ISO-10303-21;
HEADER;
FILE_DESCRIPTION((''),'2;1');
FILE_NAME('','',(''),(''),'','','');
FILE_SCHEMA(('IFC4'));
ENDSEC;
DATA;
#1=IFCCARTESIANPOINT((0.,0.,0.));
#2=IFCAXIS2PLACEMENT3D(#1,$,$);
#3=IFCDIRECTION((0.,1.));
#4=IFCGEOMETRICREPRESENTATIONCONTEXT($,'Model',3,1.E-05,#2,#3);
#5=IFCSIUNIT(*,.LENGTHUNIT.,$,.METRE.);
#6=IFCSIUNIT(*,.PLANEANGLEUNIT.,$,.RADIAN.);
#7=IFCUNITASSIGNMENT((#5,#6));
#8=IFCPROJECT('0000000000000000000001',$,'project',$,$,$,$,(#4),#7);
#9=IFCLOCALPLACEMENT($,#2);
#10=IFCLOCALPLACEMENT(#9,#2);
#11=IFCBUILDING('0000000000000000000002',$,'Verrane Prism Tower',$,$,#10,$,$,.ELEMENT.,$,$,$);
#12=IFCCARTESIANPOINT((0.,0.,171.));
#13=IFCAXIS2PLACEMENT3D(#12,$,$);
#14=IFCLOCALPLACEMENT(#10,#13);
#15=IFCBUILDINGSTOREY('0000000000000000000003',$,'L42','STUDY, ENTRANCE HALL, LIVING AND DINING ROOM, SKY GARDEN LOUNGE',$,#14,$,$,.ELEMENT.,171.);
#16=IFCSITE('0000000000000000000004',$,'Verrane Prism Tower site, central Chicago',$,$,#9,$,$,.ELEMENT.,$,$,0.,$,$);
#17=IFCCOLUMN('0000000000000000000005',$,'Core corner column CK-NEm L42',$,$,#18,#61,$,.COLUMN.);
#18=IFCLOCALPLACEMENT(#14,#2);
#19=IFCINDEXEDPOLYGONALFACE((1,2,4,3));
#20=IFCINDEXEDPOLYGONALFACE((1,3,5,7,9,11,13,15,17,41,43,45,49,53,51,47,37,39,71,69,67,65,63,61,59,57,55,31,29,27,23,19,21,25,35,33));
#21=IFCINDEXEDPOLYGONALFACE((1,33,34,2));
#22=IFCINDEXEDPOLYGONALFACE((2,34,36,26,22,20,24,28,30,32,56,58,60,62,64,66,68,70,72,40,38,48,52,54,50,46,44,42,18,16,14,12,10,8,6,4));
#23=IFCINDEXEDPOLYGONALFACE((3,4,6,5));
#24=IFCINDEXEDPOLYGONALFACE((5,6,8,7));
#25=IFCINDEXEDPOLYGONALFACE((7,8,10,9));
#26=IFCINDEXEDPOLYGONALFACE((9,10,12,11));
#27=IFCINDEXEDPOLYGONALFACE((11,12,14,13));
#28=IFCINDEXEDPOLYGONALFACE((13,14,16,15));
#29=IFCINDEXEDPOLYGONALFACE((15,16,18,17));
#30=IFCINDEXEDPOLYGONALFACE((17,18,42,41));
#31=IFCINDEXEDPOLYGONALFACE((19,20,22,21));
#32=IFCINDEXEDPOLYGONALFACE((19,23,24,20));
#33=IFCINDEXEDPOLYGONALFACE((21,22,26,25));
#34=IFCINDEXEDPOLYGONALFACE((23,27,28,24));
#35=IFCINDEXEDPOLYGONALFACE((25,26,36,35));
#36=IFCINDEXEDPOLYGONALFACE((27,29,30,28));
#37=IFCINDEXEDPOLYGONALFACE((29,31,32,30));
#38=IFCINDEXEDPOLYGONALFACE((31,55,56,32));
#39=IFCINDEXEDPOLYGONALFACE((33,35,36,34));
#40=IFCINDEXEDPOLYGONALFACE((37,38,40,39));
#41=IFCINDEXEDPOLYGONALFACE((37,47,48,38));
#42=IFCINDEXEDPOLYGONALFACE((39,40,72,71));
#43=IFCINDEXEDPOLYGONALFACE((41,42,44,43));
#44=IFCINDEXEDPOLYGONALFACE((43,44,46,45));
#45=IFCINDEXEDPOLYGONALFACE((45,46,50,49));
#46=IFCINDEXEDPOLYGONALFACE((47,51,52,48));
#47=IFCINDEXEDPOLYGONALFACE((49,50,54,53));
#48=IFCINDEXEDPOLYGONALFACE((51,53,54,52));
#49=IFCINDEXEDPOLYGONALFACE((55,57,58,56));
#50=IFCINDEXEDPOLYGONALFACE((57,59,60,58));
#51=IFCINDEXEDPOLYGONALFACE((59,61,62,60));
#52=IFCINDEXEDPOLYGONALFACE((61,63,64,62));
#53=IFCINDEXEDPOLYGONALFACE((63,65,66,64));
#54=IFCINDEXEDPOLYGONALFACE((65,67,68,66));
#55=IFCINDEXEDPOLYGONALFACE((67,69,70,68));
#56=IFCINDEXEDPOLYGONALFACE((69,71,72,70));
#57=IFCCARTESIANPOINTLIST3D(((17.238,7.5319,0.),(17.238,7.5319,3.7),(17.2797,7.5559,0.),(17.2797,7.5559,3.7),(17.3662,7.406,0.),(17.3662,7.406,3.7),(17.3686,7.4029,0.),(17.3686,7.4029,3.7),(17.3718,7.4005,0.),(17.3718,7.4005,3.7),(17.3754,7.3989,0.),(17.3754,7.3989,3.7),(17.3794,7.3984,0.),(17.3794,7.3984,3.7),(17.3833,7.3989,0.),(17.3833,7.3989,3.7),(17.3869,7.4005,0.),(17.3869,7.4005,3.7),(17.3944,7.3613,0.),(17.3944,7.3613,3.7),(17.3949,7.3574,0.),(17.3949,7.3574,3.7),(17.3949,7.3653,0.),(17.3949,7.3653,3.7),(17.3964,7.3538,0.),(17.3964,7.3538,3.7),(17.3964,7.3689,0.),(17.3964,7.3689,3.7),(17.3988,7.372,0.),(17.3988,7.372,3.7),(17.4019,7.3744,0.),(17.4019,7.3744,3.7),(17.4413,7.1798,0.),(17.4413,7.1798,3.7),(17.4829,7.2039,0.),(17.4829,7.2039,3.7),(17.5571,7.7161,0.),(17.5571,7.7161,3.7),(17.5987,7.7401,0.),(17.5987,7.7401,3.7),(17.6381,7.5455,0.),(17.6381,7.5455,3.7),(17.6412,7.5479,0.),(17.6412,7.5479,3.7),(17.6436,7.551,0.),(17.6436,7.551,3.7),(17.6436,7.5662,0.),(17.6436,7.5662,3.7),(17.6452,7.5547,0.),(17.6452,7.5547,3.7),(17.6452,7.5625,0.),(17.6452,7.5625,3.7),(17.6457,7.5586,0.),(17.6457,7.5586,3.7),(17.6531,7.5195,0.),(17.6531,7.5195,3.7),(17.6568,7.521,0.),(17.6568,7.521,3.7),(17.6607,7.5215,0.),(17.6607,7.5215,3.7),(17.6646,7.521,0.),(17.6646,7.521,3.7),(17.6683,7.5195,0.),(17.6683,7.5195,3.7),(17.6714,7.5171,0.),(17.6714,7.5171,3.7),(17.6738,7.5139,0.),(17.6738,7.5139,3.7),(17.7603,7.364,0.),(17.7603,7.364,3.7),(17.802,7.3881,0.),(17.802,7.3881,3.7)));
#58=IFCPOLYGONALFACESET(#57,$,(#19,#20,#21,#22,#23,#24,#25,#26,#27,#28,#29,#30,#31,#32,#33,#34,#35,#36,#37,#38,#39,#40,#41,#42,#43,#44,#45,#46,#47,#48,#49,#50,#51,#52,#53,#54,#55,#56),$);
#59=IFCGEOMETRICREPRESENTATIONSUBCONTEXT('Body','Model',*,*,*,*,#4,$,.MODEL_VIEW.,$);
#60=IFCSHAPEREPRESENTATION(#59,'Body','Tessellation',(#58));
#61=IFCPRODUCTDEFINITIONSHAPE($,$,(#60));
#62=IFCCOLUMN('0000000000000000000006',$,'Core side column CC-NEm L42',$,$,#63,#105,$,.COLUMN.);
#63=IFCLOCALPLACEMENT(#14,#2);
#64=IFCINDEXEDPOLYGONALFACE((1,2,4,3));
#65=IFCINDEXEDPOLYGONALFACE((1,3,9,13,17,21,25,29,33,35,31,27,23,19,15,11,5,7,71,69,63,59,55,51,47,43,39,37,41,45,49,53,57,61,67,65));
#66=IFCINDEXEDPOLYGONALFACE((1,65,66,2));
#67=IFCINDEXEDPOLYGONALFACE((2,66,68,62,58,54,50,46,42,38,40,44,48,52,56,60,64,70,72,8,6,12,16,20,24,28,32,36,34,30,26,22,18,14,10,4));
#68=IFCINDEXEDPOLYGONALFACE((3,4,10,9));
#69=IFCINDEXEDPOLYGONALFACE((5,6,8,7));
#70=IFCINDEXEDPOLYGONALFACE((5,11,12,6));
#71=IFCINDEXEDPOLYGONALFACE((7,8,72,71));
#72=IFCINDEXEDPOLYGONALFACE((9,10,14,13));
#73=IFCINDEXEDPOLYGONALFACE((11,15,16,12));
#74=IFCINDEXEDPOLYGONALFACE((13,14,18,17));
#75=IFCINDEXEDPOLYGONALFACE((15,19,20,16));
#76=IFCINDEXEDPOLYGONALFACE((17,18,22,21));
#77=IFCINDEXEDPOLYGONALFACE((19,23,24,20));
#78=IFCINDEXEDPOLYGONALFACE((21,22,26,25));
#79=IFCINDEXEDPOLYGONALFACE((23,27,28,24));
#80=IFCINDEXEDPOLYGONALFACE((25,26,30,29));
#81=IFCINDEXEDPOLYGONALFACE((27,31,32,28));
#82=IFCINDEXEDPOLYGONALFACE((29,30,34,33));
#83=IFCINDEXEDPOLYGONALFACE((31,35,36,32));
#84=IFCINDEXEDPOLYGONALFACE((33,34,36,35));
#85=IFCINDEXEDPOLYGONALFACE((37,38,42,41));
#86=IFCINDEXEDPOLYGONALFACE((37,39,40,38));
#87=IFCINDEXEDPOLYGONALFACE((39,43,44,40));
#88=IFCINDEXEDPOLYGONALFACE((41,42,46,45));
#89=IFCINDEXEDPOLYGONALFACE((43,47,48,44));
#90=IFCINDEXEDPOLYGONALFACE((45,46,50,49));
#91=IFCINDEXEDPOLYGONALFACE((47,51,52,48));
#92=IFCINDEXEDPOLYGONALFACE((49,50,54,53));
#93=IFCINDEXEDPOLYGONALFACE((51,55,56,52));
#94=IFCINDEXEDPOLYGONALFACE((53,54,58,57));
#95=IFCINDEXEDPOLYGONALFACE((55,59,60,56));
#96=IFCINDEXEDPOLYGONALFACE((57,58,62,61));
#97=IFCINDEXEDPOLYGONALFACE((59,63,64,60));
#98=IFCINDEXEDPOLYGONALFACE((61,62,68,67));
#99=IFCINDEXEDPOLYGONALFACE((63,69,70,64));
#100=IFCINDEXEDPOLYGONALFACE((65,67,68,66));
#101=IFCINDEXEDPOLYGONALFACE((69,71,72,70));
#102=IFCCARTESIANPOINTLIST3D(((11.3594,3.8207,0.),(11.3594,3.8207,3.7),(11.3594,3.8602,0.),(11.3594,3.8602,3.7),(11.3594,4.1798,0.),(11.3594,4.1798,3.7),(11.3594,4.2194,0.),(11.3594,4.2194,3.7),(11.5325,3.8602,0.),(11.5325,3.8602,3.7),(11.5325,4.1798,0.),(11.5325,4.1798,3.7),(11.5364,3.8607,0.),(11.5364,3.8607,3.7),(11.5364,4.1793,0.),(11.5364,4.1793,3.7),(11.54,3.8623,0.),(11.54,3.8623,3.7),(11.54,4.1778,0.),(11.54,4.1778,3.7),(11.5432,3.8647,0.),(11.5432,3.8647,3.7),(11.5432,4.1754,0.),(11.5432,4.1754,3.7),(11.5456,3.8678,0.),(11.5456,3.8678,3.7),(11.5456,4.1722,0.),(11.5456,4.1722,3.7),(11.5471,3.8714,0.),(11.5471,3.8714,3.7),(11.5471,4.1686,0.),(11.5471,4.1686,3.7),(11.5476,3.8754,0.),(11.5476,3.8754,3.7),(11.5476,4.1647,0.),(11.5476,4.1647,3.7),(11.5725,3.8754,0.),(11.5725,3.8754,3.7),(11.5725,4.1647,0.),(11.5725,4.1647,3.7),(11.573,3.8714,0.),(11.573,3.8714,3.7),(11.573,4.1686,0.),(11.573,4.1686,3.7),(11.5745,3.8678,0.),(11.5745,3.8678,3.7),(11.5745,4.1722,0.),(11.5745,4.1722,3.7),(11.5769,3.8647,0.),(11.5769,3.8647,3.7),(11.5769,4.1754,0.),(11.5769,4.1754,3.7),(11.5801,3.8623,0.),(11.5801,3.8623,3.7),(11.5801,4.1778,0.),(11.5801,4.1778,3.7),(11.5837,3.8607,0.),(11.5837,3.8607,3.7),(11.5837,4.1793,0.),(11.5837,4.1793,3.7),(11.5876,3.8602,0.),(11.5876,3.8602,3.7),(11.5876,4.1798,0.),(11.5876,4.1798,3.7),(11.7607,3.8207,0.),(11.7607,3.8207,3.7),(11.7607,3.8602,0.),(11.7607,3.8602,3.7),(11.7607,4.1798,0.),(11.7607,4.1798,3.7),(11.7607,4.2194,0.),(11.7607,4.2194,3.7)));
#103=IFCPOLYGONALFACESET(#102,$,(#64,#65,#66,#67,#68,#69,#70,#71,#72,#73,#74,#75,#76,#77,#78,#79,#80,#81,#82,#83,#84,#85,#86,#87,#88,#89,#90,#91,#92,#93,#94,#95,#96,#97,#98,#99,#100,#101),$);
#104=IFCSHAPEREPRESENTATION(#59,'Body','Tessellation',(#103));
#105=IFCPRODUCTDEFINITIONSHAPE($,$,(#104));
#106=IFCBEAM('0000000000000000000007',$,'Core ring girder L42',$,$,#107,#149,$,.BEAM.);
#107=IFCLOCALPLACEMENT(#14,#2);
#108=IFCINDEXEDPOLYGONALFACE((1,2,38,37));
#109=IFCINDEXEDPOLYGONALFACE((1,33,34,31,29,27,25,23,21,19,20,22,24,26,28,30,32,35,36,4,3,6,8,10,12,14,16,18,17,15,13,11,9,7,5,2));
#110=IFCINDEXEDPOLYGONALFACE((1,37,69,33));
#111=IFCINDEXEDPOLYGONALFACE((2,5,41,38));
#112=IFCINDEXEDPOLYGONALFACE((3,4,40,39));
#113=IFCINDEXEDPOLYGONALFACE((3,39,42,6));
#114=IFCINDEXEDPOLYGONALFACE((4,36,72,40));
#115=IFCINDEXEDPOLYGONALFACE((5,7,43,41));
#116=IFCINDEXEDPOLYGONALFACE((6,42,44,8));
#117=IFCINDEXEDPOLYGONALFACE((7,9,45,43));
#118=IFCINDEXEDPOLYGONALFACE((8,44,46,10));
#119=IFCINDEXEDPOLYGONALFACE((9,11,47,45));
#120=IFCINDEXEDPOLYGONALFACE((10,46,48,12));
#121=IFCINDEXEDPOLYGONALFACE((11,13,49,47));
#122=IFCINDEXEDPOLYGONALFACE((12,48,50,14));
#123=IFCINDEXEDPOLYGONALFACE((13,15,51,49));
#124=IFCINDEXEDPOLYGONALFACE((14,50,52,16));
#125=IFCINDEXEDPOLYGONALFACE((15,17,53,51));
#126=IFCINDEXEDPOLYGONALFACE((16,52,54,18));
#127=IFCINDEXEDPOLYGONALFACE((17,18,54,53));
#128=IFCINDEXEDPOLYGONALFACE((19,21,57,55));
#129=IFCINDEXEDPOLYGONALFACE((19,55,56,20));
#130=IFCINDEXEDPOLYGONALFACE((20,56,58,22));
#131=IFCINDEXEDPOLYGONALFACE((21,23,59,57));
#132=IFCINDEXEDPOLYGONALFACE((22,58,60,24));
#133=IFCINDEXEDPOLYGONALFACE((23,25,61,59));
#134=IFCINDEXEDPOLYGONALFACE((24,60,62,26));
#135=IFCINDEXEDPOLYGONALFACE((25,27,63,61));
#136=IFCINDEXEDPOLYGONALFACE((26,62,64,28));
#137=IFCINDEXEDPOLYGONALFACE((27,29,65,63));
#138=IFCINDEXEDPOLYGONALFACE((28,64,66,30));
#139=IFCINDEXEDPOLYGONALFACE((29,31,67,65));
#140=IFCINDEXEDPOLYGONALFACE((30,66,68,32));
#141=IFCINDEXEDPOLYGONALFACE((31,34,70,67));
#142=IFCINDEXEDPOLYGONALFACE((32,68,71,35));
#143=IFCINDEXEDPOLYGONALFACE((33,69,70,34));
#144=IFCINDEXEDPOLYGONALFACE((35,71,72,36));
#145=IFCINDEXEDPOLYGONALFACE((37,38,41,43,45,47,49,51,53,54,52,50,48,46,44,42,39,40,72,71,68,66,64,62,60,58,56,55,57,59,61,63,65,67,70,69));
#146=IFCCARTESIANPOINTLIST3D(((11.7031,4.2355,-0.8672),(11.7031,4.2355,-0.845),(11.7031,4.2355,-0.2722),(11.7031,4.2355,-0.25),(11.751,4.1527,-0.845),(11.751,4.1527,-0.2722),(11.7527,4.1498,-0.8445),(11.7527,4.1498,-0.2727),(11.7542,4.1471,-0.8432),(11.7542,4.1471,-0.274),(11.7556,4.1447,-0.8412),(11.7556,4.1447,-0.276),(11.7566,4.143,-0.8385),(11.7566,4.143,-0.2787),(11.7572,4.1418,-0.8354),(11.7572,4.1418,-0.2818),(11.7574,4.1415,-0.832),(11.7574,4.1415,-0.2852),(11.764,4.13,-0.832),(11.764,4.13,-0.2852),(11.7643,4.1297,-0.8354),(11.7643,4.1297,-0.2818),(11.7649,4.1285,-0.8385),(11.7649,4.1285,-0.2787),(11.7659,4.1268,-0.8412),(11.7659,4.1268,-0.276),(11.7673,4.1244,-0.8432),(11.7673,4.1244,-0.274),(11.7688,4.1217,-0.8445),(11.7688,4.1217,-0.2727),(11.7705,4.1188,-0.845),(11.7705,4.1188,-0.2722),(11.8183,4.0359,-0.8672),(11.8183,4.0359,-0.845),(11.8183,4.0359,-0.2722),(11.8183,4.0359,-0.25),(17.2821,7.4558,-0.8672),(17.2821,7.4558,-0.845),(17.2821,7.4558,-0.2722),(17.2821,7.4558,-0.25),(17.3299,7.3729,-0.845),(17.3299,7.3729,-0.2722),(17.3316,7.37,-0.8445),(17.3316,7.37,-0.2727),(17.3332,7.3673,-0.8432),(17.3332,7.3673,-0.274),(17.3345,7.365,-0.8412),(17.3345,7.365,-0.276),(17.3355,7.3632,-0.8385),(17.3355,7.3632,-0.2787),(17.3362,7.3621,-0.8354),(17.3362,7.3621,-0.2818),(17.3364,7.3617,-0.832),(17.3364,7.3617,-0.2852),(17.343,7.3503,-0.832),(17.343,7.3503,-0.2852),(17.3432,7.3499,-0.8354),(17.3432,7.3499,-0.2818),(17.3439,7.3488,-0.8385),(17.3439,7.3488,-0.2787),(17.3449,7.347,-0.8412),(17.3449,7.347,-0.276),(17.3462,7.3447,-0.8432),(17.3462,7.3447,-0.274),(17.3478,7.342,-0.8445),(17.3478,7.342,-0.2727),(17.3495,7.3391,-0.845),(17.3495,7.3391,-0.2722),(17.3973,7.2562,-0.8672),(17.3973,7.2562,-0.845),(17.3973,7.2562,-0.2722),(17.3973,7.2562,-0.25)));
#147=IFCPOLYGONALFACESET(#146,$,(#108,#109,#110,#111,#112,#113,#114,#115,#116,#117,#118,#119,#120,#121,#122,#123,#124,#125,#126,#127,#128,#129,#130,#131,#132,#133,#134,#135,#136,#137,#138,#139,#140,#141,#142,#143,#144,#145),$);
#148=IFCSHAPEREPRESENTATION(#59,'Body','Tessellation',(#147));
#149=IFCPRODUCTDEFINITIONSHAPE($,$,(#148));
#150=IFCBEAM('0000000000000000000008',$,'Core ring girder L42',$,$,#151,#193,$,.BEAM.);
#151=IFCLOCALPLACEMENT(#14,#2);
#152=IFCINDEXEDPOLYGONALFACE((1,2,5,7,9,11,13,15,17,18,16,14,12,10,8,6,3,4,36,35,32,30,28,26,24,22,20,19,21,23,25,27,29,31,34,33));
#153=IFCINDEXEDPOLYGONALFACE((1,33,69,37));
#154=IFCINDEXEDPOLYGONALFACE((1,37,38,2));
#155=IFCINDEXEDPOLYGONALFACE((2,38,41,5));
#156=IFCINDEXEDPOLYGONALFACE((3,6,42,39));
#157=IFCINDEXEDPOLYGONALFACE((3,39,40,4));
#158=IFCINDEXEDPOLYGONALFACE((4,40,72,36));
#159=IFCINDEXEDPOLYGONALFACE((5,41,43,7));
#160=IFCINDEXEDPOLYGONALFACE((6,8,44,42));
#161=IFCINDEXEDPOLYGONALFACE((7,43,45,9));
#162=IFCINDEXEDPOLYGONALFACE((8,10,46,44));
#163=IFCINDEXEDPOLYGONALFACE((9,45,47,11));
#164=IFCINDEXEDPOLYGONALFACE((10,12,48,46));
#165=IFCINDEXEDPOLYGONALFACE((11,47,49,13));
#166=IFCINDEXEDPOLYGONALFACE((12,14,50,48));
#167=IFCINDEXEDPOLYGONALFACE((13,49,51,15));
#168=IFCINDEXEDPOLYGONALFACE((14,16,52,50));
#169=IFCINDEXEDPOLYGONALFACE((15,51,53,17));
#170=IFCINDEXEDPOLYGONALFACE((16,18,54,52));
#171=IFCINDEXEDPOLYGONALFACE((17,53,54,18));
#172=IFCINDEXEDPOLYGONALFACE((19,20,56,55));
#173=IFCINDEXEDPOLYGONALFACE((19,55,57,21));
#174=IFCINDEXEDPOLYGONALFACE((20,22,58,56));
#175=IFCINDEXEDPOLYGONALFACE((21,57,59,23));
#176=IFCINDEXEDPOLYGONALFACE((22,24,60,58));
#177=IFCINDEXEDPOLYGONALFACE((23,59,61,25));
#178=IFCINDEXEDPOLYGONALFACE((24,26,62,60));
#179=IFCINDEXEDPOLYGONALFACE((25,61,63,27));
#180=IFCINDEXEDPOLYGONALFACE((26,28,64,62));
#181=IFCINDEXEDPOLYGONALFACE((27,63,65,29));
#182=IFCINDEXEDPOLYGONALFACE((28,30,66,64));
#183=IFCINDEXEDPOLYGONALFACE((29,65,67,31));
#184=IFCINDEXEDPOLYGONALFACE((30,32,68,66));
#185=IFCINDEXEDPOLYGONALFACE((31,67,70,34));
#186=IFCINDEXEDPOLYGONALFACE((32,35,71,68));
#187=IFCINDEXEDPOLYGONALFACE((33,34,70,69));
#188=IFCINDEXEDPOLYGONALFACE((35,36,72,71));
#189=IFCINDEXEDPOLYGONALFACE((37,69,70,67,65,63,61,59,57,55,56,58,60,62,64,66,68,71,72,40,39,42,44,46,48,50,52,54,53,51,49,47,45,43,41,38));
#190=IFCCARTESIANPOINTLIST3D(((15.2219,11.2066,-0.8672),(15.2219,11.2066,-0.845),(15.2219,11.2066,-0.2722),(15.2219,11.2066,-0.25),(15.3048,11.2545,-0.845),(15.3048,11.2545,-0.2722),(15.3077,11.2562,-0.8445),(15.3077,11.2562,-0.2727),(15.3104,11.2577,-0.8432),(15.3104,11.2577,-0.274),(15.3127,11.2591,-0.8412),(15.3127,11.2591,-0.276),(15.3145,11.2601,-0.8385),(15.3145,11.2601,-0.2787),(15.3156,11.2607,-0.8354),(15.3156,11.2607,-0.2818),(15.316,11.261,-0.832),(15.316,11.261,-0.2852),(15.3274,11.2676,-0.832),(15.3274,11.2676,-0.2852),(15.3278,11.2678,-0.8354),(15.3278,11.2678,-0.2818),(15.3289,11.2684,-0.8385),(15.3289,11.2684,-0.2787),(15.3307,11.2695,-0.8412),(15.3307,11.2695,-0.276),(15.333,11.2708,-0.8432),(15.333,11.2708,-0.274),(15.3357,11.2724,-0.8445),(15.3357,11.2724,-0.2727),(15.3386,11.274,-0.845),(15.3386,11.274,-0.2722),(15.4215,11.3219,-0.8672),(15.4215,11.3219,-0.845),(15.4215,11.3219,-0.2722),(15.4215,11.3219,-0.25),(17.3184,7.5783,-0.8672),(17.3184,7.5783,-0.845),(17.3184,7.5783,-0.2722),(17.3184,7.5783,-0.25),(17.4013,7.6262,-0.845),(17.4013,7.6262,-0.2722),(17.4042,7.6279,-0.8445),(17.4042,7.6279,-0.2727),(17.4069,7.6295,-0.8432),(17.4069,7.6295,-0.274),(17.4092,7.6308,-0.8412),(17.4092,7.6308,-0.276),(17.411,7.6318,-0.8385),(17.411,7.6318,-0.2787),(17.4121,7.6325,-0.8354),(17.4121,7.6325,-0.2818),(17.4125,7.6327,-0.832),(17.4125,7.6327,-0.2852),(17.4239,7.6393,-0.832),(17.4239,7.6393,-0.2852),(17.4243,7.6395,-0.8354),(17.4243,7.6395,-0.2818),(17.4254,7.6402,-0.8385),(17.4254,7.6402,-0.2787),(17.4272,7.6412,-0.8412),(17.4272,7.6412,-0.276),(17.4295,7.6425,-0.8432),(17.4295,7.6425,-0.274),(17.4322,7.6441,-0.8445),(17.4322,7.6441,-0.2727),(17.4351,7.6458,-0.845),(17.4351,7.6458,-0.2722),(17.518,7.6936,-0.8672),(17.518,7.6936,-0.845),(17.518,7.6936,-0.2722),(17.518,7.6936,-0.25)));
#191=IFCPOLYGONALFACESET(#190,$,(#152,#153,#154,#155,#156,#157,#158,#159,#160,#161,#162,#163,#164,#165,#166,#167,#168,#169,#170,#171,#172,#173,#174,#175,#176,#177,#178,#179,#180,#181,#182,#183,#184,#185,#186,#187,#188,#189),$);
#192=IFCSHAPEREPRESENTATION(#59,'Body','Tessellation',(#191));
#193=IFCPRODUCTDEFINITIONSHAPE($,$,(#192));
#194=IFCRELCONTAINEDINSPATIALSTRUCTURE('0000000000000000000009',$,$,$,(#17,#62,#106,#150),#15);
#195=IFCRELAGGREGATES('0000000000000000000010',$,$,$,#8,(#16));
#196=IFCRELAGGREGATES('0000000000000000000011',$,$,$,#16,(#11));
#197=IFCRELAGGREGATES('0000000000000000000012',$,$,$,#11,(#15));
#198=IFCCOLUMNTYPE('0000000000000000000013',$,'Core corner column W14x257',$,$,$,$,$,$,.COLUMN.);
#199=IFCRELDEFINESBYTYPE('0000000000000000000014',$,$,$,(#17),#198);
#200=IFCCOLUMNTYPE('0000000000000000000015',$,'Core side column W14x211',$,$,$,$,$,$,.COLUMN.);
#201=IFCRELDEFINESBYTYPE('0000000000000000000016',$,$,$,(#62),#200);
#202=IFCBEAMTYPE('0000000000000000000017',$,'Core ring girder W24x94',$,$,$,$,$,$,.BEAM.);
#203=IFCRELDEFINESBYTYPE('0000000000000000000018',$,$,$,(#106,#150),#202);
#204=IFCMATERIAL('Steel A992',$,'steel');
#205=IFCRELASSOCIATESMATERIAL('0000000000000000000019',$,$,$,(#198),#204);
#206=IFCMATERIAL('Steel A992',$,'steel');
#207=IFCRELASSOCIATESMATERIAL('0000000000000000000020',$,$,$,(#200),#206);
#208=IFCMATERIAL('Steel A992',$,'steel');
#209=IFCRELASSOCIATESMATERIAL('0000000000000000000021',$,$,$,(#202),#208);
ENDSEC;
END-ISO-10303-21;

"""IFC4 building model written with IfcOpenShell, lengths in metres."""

from ifc_helpers import new_model, si_unit, direction, frame, origin, origin_2d, place, context, subcontext, project, spatial, i_section, extrude, material, material_profile, profile_set, type_object, element, save


model = new_model("IFC4")

# Units and contexts
model_context = context("Model", 3, precision=1e-05, world=origin(), true_north=direction((0.0, 1.0)))
body_context = subcontext(model_context, "Body", "Model", "MODEL_VIEW")
ifc_project = project(units=[si_unit("LENGTHUNIT", "METRE"), si_unit("PLANEANGLEUNIT", "RADIAN")], contexts=[model_context])

# Site, building, storey
site_placement = place(None, origin())
site = spatial("IfcSite", under=ifc_project, at=site_placement, Name="Verrane Prism Tower site, central Chicago", CompositionType="ELEMENT", RefElevation=0.0)
building_placement = place(site_placement, origin())
building = spatial("IfcBuilding", under=site, at=building_placement, Name="Verrane Prism Tower", CompositionType="ELEMENT")
storey_placement = place(building_placement, frame((0.0, 0.0, 171.0)))
storey = spatial("IfcBuildingStorey", under=building, at=storey_placement, Name="L42", Description="STUDY, ENTRANCE HALL, LIVING AND DINING ROOM, SKY GARDEN LOUNGE", CompositionType="ELEMENT", Elevation=171.0)

# Columns
ifc_material_1 = material(Name="Steel A992", Category="steel")
ifc_material_profile_1 = material_profile(ifc_material_1, i_section(OverallWidth=0.4065, OverallDepth=0.4165, WebThickness=0.03, FlangeThickness=0.0481, FilletRadius=0.0151, at=origin_2d()), Name="W14x257")
ifc_profile_set_1 = profile_set([ifc_material_profile_1], Name="Steel A992")
column_type_1 = type_object("IfcColumnType", Name="Core corner column W14x257", PredefinedType="COLUMN", material=ifc_profile_set_1)
column_1_placement = place(storey_placement, frame((17.52, 7.46, 0.0), z_axis=(0.0, 0.0, 1.0), x_axis=(0.5, -0.866025, 0.0)))
element("IfcColumn", 1, at=column_1_placement, inside=storey, type_object=column_type_1, Name="Core corner column CK-NEm L42", PredefinedType="COLUMN", context=body_context, shape_type="SweptSolid", body=[
    extrude(i_section(OverallWidth=0.4065, OverallDepth=0.4165, WebThickness=0.03, FlangeThickness=0.0481, FilletRadius=0.0151, at=origin_2d()), origin(), (0.0, 0.0, 1.0), 3.7),
])
ifc_material_2 = material(Name="Steel A992", Category="steel")
ifc_material_profile_2 = material_profile(ifc_material_2, i_section(OverallWidth=0.4014, OverallDepth=0.3987, WebThickness=0.0249, FlangeThickness=0.0396, FilletRadius=0.0151, at=origin_2d()), Name="W14x211")
ifc_profile_set_2 = profile_set([ifc_material_profile_2], Name="Steel A992")
column_type_2 = type_object("IfcColumnType", Name="Core side column W14x211", PredefinedType="COLUMN", material=ifc_profile_set_2)
column_2_placement = place(storey_placement, frame((11.5601, 4.02, 0.0), z_axis=(0.0, 0.0, 1.0), x_axis=(1.0, 0.0, 0.0)))
element("IfcColumn", 2, at=column_2_placement, inside=storey, type_object=column_type_2, Name="Core side column CC-NEm L42", PredefinedType="COLUMN", context=body_context, shape_type="SweptSolid", body=[
    extrude(i_section(OverallWidth=0.4014, OverallDepth=0.3987, WebThickness=0.0249, FlangeThickness=0.0396, FilletRadius=0.0151, at=origin_2d()), origin(), (0.0, 0.0, 1.0), 3.7),
])

# Beams
ifc_material_3 = material(Name="Steel A992", Category="steel")
ifc_material_profile_3 = material_profile(ifc_material_3, i_section(OverallWidth=0.2305, OverallDepth=0.6172, WebThickness=0.0132, FlangeThickness=0.0222, FilletRadius=0.0129, at=origin_2d()), Name="W24x94")
ifc_profile_set_3 = profile_set([ifc_material_profile_3], Name="Steel A992")
beam_type_1 = type_object("IfcBeamType", Name="Core ring girder W24x94", PredefinedType="BEAM", material=ifc_profile_set_3)
beam_1_placement = place(storey_placement, frame((11.7607, 4.1357, -0.5586), z_axis=(0.866075, 0.499914, 0.0), x_axis=(-0.499914, 0.866075, 0.0)))
element("IfcBeam", 3, at=beam_1_placement, inside=storey, type_object=beam_type_1, Name="Core ring girder L42", PredefinedType="BEAM", context=body_context, shape_type="SweptSolid", body=[
    extrude(i_section(OverallWidth=0.2305, OverallDepth=0.6172, WebThickness=0.0132, FlangeThickness=0.0222, FilletRadius=0.0129, at=origin_2d()), origin(), (0.0, 0.0, 1.0), 6.4417),
])
beam_2_placement = place(storey_placement, frame((17.4182, 7.636, -0.5586), z_axis=(-0.500306, 0.865849, 0.0), x_axis=(-0.865849, -0.500306, 0.0)))
element("IfcBeam", 4, at=beam_2_placement, inside=storey, type_object=beam_type_1, Name="Core ring girder L42", PredefinedType="BEAM", context=body_context, shape_type="SweptSolid", body=[
    extrude(i_section(OverallWidth=0.2305, OverallDepth=0.6172, WebThickness=0.0132, FlangeThickness=0.0222, FilletRadius=0.0129, at=origin_2d()), origin(), (0.0, 0.0, 1.0), 4.1904),
])

save(model, "model.ifc")
